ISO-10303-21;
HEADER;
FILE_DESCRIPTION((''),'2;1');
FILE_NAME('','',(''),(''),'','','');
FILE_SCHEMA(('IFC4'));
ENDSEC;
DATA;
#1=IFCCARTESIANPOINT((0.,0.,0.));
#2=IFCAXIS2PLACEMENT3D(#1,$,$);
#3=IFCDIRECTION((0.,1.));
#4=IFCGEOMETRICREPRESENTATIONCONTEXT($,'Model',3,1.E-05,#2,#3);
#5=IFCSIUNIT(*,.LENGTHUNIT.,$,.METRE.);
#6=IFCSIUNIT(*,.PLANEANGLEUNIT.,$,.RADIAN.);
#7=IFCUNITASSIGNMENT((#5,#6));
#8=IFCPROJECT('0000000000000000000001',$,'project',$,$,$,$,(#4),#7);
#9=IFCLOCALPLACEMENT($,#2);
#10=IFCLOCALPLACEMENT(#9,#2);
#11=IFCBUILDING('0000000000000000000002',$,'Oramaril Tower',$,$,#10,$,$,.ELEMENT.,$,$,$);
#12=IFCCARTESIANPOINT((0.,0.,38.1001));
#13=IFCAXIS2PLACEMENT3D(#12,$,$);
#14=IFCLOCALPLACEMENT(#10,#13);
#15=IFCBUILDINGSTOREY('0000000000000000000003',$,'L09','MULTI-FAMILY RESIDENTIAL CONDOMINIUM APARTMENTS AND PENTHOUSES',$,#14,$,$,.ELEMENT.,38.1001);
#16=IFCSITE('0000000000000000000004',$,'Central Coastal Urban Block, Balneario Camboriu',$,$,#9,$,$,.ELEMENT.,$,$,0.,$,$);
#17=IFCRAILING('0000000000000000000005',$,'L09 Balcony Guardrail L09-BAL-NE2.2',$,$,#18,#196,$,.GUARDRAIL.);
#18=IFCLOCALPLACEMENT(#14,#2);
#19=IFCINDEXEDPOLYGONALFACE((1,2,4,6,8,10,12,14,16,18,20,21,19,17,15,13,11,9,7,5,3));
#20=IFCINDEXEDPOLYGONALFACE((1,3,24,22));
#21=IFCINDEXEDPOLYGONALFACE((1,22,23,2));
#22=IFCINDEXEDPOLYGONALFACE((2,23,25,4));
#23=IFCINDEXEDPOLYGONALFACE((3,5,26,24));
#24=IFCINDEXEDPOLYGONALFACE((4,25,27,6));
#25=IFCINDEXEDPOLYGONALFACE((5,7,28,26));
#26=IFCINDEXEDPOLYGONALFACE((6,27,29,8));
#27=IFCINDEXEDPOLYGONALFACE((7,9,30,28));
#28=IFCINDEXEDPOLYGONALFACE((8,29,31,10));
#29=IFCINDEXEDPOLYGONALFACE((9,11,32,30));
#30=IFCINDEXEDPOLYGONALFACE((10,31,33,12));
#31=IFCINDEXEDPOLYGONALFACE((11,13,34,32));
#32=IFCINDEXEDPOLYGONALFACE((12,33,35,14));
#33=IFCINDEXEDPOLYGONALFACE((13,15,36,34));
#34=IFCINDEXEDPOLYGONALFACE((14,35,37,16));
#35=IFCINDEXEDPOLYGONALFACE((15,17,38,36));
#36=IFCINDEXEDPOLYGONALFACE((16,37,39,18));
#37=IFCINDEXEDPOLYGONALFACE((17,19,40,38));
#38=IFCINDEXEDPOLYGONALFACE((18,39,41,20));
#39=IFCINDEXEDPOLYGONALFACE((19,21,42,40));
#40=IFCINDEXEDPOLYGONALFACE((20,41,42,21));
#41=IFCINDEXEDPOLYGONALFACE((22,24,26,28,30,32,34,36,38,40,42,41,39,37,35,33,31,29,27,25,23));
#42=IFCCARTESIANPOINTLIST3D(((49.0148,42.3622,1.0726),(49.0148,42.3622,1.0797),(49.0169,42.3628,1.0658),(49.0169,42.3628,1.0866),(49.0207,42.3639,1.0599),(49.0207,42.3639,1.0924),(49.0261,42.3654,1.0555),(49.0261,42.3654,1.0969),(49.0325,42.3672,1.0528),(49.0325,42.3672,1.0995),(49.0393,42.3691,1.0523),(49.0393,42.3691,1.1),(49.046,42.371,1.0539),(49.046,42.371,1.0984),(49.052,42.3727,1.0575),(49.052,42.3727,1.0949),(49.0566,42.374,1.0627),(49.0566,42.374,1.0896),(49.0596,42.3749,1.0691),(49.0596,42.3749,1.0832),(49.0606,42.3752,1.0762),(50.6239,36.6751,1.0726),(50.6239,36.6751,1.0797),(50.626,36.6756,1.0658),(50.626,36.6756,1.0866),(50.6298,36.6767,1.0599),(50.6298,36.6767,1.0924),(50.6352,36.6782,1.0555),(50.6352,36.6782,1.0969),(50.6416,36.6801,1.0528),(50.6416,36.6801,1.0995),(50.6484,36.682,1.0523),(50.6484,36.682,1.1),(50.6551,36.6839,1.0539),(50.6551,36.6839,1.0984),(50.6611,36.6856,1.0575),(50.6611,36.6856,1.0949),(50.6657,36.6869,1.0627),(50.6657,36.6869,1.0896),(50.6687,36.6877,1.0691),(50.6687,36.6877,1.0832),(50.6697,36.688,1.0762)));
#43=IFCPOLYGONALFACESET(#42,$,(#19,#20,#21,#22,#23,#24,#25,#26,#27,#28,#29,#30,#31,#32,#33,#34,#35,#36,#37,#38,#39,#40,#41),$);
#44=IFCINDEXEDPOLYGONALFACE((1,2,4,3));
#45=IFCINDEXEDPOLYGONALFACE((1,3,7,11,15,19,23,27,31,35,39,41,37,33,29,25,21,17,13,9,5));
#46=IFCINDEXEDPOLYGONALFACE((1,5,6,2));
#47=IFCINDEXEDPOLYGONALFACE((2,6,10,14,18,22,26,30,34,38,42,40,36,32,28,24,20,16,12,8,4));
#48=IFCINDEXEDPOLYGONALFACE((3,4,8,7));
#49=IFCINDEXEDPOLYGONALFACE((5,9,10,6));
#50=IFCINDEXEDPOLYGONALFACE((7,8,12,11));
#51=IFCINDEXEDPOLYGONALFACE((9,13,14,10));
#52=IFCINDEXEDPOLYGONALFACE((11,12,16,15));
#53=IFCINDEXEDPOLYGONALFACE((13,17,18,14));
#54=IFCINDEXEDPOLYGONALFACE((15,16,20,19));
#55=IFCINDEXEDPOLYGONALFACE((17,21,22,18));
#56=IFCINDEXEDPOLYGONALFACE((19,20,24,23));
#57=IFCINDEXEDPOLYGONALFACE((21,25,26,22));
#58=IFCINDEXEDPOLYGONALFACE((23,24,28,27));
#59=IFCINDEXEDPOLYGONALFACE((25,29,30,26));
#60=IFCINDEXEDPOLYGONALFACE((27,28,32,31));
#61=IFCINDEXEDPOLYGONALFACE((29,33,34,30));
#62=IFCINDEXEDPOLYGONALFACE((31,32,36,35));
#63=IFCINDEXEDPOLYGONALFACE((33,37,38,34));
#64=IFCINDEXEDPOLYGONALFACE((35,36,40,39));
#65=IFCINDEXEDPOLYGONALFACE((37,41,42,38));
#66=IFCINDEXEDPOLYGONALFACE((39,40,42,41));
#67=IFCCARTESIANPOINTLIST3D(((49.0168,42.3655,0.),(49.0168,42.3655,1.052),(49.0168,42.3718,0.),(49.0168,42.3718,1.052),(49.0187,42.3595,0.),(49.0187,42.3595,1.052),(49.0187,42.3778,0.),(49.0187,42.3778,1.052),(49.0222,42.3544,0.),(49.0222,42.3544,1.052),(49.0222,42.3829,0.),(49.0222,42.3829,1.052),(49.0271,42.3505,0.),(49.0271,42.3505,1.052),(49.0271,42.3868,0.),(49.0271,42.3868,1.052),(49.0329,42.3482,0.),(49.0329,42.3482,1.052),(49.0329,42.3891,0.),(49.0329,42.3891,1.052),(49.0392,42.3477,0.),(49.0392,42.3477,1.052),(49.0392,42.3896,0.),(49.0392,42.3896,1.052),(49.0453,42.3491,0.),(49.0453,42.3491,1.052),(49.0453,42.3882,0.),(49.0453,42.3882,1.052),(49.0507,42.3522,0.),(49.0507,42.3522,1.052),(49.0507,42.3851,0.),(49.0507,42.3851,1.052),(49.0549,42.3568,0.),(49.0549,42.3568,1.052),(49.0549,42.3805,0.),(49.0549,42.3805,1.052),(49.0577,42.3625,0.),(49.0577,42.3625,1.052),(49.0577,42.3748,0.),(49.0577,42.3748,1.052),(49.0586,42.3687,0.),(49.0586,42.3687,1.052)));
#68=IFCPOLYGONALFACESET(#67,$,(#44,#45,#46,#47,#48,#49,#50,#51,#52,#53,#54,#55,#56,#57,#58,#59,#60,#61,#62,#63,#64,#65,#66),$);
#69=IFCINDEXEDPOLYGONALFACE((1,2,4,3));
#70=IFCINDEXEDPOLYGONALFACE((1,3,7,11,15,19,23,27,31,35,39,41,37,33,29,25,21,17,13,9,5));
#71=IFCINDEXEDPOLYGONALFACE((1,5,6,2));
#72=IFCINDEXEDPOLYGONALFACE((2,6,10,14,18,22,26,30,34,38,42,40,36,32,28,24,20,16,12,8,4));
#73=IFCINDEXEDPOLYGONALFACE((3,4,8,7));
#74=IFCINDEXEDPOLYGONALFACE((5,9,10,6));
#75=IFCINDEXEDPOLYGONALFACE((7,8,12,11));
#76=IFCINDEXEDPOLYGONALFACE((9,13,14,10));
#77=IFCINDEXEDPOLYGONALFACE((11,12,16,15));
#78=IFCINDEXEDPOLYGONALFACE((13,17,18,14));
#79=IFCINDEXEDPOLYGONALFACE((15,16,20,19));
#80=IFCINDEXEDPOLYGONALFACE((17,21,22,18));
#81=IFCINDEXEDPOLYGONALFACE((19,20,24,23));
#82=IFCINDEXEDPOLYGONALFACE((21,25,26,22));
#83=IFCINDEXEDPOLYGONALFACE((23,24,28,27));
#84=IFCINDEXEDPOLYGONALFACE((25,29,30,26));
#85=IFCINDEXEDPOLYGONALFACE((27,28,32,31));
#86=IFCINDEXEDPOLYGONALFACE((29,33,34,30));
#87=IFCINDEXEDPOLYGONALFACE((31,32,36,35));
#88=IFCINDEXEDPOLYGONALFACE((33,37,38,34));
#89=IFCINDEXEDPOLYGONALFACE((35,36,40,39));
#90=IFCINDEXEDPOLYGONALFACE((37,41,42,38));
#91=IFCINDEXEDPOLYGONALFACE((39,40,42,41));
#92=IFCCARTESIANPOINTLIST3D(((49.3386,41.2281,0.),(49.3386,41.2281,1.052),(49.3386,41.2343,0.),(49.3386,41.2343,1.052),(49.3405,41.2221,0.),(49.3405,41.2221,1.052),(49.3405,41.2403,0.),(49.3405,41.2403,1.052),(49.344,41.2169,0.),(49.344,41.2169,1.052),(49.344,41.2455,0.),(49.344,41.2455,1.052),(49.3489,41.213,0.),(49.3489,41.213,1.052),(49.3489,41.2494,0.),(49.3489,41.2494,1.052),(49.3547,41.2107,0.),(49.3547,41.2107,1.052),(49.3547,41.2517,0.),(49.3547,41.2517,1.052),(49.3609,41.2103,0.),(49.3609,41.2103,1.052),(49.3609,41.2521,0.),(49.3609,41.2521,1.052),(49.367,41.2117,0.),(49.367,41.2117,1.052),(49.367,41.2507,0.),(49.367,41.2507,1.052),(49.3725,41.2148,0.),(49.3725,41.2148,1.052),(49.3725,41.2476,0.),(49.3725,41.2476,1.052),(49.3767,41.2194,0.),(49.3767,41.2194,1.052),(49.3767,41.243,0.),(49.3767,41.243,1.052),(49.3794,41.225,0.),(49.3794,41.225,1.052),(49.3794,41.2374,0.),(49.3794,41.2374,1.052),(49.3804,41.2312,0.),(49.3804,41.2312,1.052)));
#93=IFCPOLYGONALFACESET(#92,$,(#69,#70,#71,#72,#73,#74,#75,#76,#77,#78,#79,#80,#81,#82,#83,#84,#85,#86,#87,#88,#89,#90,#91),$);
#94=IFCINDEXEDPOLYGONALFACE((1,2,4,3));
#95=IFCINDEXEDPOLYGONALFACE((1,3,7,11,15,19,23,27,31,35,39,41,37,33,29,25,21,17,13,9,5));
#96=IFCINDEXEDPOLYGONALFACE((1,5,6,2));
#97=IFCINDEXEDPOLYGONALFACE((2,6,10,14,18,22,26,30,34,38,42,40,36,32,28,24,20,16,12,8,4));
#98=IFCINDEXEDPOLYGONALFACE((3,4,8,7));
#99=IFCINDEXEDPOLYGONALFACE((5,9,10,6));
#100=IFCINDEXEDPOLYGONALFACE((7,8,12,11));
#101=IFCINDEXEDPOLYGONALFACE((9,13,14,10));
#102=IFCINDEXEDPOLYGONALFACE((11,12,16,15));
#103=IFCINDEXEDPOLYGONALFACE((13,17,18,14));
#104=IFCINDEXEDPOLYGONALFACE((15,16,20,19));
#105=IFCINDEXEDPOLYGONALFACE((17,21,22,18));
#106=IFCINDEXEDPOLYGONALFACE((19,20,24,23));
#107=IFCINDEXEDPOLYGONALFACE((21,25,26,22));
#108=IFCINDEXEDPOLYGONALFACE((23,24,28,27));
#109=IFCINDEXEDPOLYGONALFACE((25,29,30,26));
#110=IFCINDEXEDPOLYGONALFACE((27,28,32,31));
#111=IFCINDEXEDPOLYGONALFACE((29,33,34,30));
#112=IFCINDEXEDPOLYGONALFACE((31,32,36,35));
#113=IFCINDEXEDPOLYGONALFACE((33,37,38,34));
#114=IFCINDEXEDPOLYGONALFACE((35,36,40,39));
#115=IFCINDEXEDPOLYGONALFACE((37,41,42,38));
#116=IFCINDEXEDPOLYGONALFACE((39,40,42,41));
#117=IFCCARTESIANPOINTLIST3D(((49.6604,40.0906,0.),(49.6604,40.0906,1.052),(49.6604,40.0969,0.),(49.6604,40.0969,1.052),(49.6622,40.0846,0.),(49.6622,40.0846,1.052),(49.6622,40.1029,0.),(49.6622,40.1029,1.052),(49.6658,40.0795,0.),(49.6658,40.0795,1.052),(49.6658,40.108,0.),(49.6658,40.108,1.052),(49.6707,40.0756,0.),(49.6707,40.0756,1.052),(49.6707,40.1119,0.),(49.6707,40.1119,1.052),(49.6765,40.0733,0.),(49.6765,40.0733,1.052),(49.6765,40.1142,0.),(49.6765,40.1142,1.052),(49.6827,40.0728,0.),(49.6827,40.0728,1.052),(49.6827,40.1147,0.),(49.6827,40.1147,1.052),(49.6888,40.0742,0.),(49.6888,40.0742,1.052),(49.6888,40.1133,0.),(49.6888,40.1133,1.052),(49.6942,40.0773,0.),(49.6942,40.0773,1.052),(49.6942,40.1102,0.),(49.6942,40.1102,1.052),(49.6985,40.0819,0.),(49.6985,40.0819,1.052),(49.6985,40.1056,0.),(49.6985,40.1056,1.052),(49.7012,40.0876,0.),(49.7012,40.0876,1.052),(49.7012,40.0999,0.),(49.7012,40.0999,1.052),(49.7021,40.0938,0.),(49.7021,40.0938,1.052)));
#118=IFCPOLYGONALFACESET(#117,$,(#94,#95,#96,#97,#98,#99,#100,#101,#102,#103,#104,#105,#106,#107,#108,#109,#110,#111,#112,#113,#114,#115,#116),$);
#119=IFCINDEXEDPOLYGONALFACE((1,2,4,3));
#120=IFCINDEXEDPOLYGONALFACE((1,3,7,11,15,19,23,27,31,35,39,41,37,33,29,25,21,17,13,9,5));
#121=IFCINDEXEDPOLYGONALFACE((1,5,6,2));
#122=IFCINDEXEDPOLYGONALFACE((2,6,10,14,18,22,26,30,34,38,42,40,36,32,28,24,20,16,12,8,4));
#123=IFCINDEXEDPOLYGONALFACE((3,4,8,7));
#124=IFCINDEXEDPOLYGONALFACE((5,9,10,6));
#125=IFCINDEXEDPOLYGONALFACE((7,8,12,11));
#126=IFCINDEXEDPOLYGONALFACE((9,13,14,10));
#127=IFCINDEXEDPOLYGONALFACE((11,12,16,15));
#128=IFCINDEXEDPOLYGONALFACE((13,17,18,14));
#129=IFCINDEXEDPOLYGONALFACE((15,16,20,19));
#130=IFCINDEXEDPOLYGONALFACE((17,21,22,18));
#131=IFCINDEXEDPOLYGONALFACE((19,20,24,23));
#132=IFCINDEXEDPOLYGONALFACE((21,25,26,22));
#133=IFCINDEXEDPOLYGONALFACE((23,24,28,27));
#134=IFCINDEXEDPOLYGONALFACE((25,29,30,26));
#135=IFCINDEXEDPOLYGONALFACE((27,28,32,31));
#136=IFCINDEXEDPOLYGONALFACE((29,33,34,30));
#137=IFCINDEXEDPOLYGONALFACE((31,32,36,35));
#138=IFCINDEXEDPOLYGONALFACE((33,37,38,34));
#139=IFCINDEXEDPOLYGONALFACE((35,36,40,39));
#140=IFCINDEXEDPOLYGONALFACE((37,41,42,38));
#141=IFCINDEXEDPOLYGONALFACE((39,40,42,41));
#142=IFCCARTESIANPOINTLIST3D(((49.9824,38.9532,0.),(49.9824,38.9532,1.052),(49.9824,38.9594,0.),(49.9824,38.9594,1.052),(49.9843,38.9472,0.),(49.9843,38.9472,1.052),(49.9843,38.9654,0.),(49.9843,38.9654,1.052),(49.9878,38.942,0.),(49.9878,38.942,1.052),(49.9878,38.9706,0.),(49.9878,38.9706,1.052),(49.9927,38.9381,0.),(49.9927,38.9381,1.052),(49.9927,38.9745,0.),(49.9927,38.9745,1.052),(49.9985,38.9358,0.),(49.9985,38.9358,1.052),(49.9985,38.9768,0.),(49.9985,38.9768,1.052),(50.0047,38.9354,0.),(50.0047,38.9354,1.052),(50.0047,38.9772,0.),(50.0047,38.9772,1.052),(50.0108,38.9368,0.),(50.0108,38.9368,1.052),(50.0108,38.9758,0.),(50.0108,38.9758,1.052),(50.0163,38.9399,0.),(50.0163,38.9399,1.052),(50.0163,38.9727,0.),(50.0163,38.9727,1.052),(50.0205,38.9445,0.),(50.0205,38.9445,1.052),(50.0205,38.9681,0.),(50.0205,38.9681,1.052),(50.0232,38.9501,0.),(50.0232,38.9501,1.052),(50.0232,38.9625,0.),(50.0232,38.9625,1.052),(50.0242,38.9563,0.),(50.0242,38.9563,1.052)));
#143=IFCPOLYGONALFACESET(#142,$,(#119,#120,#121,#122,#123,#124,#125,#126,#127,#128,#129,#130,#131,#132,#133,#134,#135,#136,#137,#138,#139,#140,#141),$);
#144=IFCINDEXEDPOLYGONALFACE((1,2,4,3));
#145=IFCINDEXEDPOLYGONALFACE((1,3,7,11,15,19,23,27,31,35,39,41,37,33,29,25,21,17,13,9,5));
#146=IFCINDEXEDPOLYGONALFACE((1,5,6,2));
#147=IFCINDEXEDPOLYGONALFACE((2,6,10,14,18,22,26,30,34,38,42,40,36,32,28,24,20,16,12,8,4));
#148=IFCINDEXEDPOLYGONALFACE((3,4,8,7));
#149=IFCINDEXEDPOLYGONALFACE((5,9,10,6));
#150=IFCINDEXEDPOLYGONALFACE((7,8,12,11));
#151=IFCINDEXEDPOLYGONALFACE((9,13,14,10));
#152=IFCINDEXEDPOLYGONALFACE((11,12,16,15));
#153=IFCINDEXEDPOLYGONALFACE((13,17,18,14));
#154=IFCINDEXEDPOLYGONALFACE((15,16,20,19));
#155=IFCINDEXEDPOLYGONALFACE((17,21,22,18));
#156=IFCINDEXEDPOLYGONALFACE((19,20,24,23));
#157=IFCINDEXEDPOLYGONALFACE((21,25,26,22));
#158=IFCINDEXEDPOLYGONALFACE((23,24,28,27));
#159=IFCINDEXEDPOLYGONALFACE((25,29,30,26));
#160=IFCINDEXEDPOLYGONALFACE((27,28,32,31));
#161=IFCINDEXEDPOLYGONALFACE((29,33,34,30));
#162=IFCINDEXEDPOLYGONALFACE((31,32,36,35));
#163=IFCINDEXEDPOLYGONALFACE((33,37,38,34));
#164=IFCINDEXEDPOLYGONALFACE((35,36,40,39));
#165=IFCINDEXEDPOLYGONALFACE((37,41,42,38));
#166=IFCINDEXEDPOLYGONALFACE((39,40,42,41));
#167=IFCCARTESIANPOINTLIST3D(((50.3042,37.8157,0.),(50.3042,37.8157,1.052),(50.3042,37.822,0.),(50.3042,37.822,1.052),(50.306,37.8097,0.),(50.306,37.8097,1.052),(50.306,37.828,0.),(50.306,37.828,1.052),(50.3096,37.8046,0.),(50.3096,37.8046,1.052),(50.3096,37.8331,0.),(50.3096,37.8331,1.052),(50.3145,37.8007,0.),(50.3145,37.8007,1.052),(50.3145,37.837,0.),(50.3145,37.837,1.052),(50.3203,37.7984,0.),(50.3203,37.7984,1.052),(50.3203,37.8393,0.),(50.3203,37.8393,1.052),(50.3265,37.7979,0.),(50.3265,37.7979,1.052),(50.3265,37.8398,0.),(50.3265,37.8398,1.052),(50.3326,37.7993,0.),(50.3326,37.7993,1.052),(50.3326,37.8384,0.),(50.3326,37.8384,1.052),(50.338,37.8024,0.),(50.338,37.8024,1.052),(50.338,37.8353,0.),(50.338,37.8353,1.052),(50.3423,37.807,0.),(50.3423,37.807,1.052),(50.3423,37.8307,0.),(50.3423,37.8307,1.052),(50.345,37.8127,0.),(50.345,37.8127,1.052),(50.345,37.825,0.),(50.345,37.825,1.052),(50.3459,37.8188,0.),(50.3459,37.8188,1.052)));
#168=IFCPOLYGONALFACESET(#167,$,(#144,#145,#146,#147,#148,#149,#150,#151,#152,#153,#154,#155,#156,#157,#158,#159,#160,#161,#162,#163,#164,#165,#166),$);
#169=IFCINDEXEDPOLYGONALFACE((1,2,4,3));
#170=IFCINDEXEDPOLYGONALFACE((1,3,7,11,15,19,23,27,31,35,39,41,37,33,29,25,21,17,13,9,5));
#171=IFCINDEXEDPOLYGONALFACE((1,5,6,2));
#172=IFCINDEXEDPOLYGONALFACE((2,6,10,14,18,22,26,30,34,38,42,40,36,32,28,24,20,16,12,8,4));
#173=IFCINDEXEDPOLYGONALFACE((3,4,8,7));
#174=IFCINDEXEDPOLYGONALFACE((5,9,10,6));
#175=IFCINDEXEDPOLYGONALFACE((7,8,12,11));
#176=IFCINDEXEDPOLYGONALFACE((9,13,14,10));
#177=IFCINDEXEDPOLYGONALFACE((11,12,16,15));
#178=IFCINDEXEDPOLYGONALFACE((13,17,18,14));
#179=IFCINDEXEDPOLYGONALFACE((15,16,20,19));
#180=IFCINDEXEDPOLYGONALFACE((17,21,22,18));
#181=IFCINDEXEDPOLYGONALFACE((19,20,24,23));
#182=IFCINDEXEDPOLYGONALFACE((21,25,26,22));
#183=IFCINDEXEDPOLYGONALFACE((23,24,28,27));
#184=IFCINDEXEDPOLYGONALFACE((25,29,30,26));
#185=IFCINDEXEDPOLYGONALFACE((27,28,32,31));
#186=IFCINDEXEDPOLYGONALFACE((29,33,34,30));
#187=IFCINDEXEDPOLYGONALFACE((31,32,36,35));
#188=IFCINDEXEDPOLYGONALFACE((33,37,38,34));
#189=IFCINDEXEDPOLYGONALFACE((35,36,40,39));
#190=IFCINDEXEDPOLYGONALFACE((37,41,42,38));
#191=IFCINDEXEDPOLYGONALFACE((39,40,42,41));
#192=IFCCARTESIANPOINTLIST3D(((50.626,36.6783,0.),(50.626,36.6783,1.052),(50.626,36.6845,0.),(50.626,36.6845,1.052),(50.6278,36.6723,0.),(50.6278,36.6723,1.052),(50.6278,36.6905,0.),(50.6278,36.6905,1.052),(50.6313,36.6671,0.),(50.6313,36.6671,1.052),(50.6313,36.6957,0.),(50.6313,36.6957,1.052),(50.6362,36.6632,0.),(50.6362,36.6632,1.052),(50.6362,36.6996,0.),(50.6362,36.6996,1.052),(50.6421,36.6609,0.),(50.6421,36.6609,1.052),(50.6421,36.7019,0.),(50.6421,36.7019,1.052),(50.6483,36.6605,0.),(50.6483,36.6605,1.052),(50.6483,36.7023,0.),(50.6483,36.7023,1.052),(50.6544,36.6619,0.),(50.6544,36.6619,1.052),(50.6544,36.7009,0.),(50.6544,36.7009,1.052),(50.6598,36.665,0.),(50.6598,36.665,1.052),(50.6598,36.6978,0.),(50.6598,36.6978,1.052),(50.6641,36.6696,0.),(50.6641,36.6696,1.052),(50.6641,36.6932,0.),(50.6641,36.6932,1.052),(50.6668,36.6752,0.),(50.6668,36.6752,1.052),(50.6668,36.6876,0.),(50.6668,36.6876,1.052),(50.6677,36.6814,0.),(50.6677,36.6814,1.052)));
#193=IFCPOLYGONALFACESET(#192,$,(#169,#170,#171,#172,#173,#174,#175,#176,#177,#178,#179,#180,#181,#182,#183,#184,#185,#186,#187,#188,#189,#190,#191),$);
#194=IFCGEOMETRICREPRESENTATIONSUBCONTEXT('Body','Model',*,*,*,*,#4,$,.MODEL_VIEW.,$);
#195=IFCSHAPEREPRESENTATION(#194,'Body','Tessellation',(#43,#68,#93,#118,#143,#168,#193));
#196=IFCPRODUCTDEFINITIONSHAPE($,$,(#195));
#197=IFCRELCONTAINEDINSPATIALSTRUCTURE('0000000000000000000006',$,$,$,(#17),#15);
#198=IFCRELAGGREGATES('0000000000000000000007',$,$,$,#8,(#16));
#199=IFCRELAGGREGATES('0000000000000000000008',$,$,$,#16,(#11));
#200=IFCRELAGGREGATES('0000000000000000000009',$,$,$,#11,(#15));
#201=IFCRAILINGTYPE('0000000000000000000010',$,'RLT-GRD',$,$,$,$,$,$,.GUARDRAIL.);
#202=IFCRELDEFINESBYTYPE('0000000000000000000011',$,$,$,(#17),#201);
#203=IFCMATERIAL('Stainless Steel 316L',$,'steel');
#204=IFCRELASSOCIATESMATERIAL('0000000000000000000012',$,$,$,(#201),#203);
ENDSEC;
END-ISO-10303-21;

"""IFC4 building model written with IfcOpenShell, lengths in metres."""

from ifc_helpers import new_model, si_unit, direction, frame, origin, origin_2d, place, context, subcontext, project, spatial, circle, extrude, material, type_object, element, save


model = new_model("IFC4")

# Units and contexts
model_context = context("Model", 3, precision=1e-05, world=origin(), true_north=direction((0.0, 1.0)))
body_context = subcontext(model_context, "Body", "Model", "MODEL_VIEW")
ifc_project = project(units=[si_unit("LENGTHUNIT", "METRE"), si_unit("PLANEANGLEUNIT", "RADIAN")], contexts=[model_context])

# Site, building, storey
site_placement = place(None, origin())
site = spatial("IfcSite", under=ifc_project, at=site_placement, Name="Central Coastal Urban Block, Balneario Camboriu", CompositionType="ELEMENT", RefElevation=0.0)
building_placement = place(site_placement, origin())
building = spatial("IfcBuilding", under=site, at=building_placement, Name="Oramaril Tower", CompositionType="ELEMENT")
storey_placement = place(building_placement, frame((0.0, 0.0, 38.1001)))
storey = spatial("IfcBuildingStorey", under=building, at=storey_placement, Name="L09", Description="MULTI-FAMILY RESIDENTIAL CONDOMINIUM APARTMENTS AND PENTHOUSES", CompositionType="ELEMENT", Elevation=38.1001)

# Railing
ifc_material_1 = material(Name="Stainless Steel 316L", Category="steel")
railing_type = type_object("IfcRailingType", Name="RLT-GRD", PredefinedType="GUARDRAIL", material=ifc_material_1)
railing_1_placement = place(storey_placement, frame((49.0376, 42.3687, 0.0)))
element("IfcRailing", 1, at=railing_1_placement, inside=storey, type_object=railing_type, Name="L09 Balcony Guardrail L09-BAL-NE2.2", PredefinedType="GUARDRAIL", context=body_context, shape_type="SweptSolid", body=[
    extrude(circle(Radius=0.0239, at=origin_2d()), frame((0.0, 0.0, 1.0762), z_axis=(0.272249, -0.962227, 0.0), x_axis=(0.962227, 0.272249, 0.0)), (0.0, 0.0, 1.0), 5.9104),
    extrude(circle(Radius=0.021, at=origin_2d()), origin(), (0.0, 0.0, 1.0), 1.052),
    extrude(circle(Radius=0.021, at=origin_2d()), frame((0.3218, -1.1375, 0.0)), (0.0, 0.0, 1.0), 1.052),
    extrude(circle(Radius=0.021, at=origin_2d()), frame((0.6436, -2.2749, 0.0)), (0.0, 0.0, 1.0), 1.052),
    extrude(circle(Radius=0.021, at=origin_2d()), frame((0.9656, -3.4124, 0.0)), (0.0, 0.0, 1.0), 1.052),
    extrude(circle(Radius=0.021, at=origin_2d()), frame((1.2874, -4.5498, 0.0)), (0.0, 0.0, 1.0), 1.052),
    extrude(circle(Radius=0.021, at=origin_2d()), frame((1.6091, -5.6873, 0.0)), (0.0, 0.0, 1.0), 1.052),
])

save(model, "model.ifc")
